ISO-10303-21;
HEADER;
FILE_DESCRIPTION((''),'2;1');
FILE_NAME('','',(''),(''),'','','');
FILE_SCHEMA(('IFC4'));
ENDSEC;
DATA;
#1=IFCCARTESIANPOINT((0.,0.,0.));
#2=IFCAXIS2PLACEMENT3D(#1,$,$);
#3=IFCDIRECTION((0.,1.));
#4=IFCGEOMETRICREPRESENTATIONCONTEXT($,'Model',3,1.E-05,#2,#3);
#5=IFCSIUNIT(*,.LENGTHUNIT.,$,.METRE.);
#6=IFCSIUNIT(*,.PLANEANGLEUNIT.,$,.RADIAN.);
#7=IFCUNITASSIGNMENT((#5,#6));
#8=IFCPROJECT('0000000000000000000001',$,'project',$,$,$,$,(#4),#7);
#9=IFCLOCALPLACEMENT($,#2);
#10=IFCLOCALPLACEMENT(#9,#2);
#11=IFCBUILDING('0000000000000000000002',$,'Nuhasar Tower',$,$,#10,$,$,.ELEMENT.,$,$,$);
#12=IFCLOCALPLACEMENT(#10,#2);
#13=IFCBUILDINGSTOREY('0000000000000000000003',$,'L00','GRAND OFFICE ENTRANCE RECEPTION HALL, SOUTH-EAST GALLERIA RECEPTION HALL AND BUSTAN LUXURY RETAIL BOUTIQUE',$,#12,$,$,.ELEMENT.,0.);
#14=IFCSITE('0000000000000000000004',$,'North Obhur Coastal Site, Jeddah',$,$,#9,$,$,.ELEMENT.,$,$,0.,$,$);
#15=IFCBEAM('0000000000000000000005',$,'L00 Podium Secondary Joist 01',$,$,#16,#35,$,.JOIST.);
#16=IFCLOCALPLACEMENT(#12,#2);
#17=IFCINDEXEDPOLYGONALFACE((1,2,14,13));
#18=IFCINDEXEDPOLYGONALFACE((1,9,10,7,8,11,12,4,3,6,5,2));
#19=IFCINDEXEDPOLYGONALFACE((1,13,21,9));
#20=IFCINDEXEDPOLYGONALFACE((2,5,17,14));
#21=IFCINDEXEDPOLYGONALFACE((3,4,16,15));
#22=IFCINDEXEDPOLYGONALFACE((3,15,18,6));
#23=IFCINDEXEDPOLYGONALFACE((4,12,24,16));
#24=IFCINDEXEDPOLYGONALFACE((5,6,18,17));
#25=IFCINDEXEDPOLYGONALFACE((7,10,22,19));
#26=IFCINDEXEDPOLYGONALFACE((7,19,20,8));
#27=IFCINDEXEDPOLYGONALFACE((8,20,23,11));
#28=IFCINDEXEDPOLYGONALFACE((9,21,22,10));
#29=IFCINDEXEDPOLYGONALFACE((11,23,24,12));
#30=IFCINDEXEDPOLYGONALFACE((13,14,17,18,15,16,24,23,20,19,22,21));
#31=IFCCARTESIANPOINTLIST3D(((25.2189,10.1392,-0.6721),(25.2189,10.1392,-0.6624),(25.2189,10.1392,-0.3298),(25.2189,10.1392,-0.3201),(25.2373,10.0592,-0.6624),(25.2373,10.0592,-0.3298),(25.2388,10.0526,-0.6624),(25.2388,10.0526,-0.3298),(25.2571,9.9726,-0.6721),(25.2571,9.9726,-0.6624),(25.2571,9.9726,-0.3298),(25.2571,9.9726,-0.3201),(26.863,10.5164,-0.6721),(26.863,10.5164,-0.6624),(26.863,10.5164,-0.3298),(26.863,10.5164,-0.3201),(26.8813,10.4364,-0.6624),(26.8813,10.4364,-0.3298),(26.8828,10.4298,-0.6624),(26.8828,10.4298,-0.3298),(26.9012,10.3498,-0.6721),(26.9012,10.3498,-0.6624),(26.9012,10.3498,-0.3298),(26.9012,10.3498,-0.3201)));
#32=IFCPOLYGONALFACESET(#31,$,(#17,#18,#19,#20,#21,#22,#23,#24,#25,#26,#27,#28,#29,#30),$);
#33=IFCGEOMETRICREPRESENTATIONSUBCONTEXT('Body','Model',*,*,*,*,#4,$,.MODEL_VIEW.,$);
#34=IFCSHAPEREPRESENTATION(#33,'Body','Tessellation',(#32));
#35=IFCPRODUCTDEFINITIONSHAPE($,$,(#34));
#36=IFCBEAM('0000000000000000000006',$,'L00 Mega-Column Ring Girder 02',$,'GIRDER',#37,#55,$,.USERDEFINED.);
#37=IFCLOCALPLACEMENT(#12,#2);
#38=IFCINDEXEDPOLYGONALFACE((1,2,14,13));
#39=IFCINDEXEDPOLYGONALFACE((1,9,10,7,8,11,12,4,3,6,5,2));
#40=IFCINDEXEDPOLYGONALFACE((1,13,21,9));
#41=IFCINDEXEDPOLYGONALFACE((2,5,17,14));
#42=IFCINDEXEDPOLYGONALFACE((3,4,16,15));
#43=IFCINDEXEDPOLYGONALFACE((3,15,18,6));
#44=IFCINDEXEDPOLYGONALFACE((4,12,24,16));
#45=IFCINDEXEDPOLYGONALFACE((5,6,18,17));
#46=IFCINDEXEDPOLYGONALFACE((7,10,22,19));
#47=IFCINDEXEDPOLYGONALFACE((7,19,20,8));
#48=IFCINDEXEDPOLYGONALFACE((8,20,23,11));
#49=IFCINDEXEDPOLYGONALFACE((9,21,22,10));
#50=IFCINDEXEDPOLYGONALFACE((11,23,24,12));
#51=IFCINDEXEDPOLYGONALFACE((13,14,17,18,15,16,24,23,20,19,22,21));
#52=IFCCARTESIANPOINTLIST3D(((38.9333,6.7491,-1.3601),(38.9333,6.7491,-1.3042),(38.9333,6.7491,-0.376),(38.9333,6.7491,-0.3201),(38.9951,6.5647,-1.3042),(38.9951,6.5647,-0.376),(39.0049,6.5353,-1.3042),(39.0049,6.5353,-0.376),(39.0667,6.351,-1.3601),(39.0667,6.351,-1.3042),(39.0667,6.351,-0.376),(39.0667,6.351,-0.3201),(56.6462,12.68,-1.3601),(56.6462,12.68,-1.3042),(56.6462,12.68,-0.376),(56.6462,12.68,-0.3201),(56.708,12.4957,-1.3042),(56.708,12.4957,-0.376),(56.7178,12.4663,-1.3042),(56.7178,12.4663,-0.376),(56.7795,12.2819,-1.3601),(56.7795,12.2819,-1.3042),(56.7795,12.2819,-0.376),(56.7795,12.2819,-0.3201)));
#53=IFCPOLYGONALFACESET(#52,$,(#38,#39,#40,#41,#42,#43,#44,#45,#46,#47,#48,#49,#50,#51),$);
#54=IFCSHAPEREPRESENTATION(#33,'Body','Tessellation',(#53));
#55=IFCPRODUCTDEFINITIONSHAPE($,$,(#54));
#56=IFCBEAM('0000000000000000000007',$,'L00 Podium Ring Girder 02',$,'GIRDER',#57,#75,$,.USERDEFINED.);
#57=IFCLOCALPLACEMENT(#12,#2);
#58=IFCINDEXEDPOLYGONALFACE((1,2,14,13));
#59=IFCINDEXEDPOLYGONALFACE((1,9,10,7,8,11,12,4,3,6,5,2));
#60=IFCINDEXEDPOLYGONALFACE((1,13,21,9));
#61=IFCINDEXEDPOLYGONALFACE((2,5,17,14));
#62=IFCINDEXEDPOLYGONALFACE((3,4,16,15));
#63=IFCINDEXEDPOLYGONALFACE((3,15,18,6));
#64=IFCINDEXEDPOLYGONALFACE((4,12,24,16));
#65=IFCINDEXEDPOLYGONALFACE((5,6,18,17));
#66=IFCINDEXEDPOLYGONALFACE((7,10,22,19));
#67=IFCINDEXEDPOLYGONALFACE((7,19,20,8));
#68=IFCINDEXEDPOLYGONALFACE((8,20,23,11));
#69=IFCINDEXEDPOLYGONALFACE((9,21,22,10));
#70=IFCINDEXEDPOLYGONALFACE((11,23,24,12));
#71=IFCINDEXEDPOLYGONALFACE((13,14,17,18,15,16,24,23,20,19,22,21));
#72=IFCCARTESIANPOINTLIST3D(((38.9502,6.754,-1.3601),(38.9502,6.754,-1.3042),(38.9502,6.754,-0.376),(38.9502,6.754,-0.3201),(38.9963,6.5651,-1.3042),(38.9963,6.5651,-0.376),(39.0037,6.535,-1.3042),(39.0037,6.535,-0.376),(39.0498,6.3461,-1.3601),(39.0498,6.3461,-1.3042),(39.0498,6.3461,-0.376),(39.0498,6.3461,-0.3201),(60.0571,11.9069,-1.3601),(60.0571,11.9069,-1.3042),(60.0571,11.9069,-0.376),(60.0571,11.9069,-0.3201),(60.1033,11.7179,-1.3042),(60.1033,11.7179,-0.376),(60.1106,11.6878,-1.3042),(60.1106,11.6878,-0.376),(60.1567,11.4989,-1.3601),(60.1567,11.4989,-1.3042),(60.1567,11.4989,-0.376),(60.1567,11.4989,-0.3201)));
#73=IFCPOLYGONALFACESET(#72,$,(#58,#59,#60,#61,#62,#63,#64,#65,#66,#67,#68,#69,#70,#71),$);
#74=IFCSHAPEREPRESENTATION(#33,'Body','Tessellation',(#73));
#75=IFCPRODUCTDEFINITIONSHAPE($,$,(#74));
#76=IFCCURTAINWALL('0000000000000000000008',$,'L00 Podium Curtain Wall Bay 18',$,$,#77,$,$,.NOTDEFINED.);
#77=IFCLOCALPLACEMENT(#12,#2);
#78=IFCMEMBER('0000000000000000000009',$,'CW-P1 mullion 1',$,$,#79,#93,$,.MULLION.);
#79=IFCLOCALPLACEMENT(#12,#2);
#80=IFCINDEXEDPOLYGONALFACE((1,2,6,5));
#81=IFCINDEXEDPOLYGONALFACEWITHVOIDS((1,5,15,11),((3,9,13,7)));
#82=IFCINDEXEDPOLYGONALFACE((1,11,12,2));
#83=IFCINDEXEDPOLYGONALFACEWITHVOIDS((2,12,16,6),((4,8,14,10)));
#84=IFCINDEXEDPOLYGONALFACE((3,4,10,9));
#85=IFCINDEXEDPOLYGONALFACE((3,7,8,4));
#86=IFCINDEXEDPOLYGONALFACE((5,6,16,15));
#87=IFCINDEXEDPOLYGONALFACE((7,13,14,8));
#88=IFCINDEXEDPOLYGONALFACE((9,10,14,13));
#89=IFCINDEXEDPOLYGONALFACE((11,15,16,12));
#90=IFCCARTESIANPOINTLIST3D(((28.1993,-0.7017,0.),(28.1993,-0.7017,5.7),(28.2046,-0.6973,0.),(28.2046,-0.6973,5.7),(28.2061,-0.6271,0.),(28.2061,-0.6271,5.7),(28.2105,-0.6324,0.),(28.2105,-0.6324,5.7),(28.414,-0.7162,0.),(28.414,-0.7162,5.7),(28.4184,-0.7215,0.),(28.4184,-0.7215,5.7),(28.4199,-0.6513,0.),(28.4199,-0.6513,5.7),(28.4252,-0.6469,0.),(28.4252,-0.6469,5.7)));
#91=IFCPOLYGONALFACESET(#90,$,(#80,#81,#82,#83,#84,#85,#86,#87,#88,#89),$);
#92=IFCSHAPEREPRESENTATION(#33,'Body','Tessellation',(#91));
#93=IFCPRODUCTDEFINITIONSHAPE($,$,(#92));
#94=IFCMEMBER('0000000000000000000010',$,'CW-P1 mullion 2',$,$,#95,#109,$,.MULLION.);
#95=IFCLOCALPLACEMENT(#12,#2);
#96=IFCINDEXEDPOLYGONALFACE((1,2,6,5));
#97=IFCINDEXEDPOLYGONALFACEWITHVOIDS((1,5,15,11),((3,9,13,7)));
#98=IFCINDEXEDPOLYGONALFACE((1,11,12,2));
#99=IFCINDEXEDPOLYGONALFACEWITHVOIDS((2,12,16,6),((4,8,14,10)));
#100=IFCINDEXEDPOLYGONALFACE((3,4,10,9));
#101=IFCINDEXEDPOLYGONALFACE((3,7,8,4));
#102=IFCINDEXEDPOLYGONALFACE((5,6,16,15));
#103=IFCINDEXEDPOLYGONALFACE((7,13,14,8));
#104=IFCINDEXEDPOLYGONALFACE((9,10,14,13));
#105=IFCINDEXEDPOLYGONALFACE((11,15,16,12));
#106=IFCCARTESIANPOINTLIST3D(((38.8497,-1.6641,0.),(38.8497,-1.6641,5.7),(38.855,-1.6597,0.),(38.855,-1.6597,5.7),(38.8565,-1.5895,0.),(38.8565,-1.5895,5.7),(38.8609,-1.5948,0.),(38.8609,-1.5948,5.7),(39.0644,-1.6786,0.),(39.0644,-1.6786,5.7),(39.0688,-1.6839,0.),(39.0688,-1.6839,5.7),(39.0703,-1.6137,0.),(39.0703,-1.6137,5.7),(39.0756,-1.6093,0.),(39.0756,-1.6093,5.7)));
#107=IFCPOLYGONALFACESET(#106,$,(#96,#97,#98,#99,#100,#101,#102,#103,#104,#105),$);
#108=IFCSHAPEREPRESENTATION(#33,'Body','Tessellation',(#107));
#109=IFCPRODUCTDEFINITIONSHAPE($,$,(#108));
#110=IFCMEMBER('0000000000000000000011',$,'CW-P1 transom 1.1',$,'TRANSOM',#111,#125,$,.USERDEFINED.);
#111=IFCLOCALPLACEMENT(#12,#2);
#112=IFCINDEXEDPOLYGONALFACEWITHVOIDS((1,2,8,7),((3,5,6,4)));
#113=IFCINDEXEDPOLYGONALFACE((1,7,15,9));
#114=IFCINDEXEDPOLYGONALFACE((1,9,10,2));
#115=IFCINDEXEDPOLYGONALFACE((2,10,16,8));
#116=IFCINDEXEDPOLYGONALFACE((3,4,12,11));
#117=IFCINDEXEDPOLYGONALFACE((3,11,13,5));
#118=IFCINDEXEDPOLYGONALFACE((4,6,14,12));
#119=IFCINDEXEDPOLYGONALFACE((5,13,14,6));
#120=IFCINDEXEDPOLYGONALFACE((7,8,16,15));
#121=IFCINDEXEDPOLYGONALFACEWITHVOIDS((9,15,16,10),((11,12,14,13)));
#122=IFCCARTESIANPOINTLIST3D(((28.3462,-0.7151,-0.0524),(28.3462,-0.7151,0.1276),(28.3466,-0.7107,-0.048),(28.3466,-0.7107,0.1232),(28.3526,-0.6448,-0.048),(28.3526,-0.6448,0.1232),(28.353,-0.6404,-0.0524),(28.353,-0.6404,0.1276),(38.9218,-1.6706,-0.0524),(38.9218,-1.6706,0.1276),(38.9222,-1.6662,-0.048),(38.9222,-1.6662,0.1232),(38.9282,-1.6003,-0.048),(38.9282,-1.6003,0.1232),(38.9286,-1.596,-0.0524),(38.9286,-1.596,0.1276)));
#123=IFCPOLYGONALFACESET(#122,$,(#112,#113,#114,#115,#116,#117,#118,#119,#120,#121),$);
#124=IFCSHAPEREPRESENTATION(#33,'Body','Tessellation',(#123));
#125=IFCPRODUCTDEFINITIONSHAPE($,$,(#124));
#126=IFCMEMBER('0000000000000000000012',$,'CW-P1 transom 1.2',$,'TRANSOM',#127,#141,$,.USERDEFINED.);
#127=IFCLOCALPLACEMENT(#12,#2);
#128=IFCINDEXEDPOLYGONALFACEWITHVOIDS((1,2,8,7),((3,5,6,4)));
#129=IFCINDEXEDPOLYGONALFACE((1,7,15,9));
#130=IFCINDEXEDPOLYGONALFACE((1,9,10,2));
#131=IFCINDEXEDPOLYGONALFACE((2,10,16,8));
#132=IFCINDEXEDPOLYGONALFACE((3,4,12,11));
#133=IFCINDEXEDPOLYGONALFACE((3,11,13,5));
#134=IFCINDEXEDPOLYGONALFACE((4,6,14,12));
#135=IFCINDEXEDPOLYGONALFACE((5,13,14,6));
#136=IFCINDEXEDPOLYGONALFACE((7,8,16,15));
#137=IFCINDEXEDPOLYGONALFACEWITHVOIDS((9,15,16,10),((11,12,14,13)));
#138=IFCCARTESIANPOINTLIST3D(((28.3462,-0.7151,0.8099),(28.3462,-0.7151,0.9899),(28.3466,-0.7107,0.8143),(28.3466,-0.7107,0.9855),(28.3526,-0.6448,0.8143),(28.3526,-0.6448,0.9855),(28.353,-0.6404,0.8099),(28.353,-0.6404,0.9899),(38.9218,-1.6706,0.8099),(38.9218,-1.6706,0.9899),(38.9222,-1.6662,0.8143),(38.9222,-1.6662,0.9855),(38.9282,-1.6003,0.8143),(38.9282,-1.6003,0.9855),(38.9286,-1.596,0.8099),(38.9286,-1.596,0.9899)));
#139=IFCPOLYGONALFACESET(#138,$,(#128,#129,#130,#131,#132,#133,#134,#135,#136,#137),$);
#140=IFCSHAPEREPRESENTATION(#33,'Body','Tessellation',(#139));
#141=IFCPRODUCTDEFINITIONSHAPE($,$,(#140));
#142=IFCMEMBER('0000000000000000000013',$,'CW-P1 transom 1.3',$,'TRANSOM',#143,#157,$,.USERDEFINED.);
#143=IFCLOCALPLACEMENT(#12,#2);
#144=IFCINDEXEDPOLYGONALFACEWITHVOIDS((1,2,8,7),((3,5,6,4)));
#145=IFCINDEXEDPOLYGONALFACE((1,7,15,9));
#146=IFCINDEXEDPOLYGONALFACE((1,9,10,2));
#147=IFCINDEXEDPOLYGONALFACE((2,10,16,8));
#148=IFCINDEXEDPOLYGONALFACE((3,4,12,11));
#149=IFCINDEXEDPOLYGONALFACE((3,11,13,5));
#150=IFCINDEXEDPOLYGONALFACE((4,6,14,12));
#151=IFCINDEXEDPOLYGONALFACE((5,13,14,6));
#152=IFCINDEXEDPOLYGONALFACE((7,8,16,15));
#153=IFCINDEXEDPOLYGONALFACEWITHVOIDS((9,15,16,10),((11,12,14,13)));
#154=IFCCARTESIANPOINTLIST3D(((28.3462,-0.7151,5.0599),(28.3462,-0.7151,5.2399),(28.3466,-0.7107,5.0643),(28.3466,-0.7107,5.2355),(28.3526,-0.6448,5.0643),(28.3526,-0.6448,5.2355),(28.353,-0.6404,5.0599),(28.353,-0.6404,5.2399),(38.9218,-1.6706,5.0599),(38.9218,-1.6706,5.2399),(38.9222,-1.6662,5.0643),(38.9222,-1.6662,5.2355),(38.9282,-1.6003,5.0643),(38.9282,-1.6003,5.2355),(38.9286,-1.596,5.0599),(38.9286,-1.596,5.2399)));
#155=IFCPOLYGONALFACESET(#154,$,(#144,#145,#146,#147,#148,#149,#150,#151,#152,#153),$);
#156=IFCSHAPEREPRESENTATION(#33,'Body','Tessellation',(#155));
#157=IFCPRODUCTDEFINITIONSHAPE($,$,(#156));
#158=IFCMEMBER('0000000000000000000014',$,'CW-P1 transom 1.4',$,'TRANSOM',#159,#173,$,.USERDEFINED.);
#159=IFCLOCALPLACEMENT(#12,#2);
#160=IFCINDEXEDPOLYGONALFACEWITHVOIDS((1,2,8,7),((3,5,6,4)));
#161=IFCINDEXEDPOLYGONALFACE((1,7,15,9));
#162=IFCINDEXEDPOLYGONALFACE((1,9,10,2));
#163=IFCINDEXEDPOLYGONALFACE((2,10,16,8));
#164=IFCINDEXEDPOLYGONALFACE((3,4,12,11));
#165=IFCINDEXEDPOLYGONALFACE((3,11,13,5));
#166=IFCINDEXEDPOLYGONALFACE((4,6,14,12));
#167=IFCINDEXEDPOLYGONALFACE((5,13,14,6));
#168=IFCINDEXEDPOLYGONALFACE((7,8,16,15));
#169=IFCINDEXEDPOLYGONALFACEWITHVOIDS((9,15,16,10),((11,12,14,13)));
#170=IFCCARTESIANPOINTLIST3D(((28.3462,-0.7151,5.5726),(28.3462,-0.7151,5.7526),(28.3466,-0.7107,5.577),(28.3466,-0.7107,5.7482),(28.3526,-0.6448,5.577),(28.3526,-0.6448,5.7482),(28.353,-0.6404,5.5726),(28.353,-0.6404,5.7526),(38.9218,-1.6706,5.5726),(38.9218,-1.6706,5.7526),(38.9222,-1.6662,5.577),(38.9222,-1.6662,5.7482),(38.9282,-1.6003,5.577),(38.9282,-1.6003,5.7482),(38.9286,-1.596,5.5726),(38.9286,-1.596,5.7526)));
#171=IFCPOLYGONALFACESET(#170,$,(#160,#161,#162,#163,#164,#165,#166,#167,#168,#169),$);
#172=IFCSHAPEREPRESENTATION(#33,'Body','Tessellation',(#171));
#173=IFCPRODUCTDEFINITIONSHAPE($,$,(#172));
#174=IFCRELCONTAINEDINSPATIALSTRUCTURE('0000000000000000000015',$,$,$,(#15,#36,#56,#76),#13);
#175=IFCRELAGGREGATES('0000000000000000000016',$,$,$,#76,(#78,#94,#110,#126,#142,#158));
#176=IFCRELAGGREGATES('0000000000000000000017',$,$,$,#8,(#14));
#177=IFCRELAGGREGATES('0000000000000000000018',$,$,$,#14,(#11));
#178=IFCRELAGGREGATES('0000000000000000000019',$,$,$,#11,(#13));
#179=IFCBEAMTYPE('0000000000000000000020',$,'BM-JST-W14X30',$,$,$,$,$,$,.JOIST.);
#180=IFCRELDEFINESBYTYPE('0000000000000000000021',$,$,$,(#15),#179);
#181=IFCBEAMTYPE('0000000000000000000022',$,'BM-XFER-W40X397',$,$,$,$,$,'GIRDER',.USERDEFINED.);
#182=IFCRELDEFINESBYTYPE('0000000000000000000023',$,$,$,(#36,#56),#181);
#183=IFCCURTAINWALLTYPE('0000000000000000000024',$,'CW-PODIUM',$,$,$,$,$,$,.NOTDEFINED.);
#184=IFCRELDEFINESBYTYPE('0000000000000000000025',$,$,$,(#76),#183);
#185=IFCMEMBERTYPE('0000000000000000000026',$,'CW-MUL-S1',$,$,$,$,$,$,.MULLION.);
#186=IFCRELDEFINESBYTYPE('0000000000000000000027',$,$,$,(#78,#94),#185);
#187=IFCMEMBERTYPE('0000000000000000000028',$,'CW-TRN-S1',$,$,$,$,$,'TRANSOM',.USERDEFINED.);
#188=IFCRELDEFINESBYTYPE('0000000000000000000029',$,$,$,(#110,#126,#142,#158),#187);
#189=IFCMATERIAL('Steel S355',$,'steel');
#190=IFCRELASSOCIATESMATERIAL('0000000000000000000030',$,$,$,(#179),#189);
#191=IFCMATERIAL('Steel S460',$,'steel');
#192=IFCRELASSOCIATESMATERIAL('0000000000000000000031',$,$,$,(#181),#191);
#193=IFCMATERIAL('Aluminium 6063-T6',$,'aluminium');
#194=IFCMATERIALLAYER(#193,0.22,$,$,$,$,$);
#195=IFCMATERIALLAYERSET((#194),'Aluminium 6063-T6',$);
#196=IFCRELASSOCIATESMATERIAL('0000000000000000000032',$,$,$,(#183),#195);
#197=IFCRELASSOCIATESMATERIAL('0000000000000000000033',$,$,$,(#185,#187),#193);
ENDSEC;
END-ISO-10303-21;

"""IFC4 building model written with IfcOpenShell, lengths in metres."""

from ifc_helpers import new_model, si_unit, direction, frame, origin, origin_2d, place, context, subcontext, project, spatial, hollow_rectangle, i_section, extrude, material, layer, layer_set, material_profile, profile_set, type_object, element, aggregate, save


model = new_model("IFC4")

# Units and contexts
model_context = context("Model", 3, precision=1e-05, world=origin(), true_north=direction((0.0, 1.0)))
body_context = subcontext(model_context, "Body", "Model", "MODEL_VIEW")
ifc_project = project(units=[si_unit("LENGTHUNIT", "METRE"), si_unit("PLANEANGLEUNIT", "RADIAN")], contexts=[model_context])

# Site, building, storey
site_placement = place(None, origin())
site = spatial("IfcSite", under=ifc_project, at=site_placement, Name="North Obhur Coastal Site, Jeddah", CompositionType="ELEMENT", RefElevation=0.0)
building_placement = place(site_placement, origin())
building = spatial("IfcBuilding", under=site, at=building_placement, Name="Nuhasar Tower", CompositionType="ELEMENT")
storey_placement = place(building_placement, origin())
storey = spatial("IfcBuildingStorey", under=building, at=storey_placement, Name="L00", Description="GRAND OFFICE ENTRANCE RECEPTION HALL, SOUTH-EAST GALLERIA RECEPTION HALL AND BUSTAN LUXURY RETAIL BOUTIQUE", CompositionType="ELEMENT", Elevation=0.0)

# Beams
ifc_material_1 = material(Name="Steel S355", Category="steel")
ifc_material_profile_1 = material_profile(ifc_material_1, i_section(OverallWidth=0.1709, OverallDepth=0.3521, WebThickness=0.0068, FlangeThickness=0.0098, at=origin_2d()), Name="W14X30")
ifc_profile_set_1 = profile_set([ifc_material_profile_1], Name="Steel S355")
beam_type_1 = type_object("IfcBeamType", Name="BM-JST-W14X30", PredefinedType="JOIST", material=ifc_profile_set_1)
beam_1_placement = place(storey_placement, frame((26.8821, 10.4331, -0.4961), z_axis=(-0.974676, -0.223623, 0.0), x_axis=(0.223623, -0.974676, 0.0)))
element("IfcBeam", 1, at=beam_1_placement, inside=storey, type_object=beam_type_1, Name="L00 Podium Secondary Joist 01", PredefinedType="JOIST", context=body_context, shape_type="SweptSolid", body=[
    extrude(i_section(OverallWidth=0.1709, OverallDepth=0.3521, WebThickness=0.0068, FlangeThickness=0.0098, at=origin_2d()), origin(), (0.0, 0.0, 1.0), 1.6868),
])
ifc_material_2 = material(Name="Steel S460", Category="steel")
ifc_material_profile_2 = material_profile(ifc_material_2, i_section(OverallWidth=0.4199, OverallDepth=1.04, WebThickness=0.031, FlangeThickness=0.0559, at=origin_2d()), Name="W40X397")
ifc_profile_set_2 = profile_set([ifc_material_profile_2], Name="Steel S460")
beam_type_2 = type_object("IfcBeamType", Name="BM-XFER-W40X397", ElementType="GIRDER", PredefinedType="USERDEFINED", material=ifc_profile_set_2)
beam_2_placement = place(storey_placement, frame((39.0, 6.55, -0.8401), z_axis=(0.948255, 0.31751, 0.0), x_axis=(-0.31751, 0.948255, 0.0)))
element("IfcBeam", 2, at=beam_2_placement, inside=storey, type_object=beam_type_2, Name="L00 Mega-Column Ring Girder 02", ObjectType="GIRDER", PredefinedType="USERDEFINED", context=body_context, shape_type="SweptSolid", body=[
    extrude(i_section(OverallWidth=0.4199, OverallDepth=1.04, WebThickness=0.031, FlangeThickness=0.0559, at=origin_2d()), origin(), (0.0, 0.0, 1.0), 18.6794),
])
beam_3_placement = place(storey_placement, frame((39.0, 6.55, -0.8401), z_axis=(0.971469, 0.237165, 0.0), x_axis=(-0.237165, 0.971469, 0.0)))
element("IfcBeam", 3, at=beam_3_placement, inside=storey, type_object=beam_type_2, Name="L00 Podium Ring Girder 02", ObjectType="GIRDER", PredefinedType="USERDEFINED", context=body_context, shape_type="SweptSolid", body=[
    extrude(i_section(OverallWidth=0.4199, OverallDepth=1.04, WebThickness=0.031, FlangeThickness=0.0559, at=origin_2d()), origin(), (0.0, 0.0, 1.0), 21.7268),
])

# Curtain wall, members
ifc_material_3 = material(Name="Aluminium 6063-T6", Category="aluminium")
ifc_layer_1 = layer(ifc_material_3, 0.22)
ifc_layer_set_1 = layer_set([ifc_layer_1], Name="Aluminium 6063-T6")
curtain_wall_type = type_object("IfcCurtainWallType", Name="CW-PODIUM", PredefinedType="NOTDEFINED", material=ifc_layer_set_1)
curtain_wall_placement = place(storey_placement, origin())
curtain_wall = element("IfcCurtainWall", 4, at=curtain_wall_placement, inside=storey, type_object=curtain_wall_type, Name="L00 Podium Curtain Wall Bay 18", PredefinedType="NOTDEFINED")
ifc_material_profile_3 = material_profile(ifc_material_3, hollow_rectangle(XDim=0.075, YDim=0.22, WallThickness=0.0049, at=origin_2d()), Name="CWM-1")
ifc_profile_set_3 = profile_set([ifc_material_profile_3], Name="Aluminium 6063-T6")
member_type_1 = type_object("IfcMemberType", Name="CW-MUL-S1", PredefinedType="MULLION", material=ifc_profile_set_3)
member_1_placement = place(storey_placement, frame((28.3123, -0.6743, 0.0), z_axis=(0.0, 0.0, 1.0), x_axis=(0.089983, 0.995943, 0.0)))
member_1 = element("IfcMember", 5, at=member_1_placement, type_object=member_type_1, Name="CW-P1 mullion 1", PredefinedType="MULLION", context=body_context, shape_type="SweptSolid", body=[
    extrude(hollow_rectangle(XDim=0.075, YDim=0.22, WallThickness=0.0049, at=origin_2d()), origin(), (0.0, 0.0, 1.0), 5.7),
])
member_2_placement = place(storey_placement, frame((38.9626, -1.6367, 0.0), z_axis=(0.0, 0.0, 1.0), x_axis=(0.089983, 0.995943, 0.0)))
member_2 = element("IfcMember", 6, at=member_2_placement, type_object=member_type_1, Name="CW-P1 mullion 2", PredefinedType="MULLION", context=body_context, shape_type="SweptSolid", body=[
    extrude(hollow_rectangle(XDim=0.075, YDim=0.22, WallThickness=0.0049, at=origin_2d()), origin(), (0.0, 0.0, 1.0), 5.7),
])
ifc_material_profile_4 = material_profile(ifc_material_3, hollow_rectangle(XDim=0.075, YDim=0.1799, WallThickness=0.0044, at=origin_2d()), Name="CWT-1")
ifc_profile_set_4 = profile_set([ifc_material_profile_4], Name="Aluminium 6063-T6")
member_type_2 = type_object("IfcMemberType", Name="CW-TRN-S1", ElementType="TRANSOM", PredefinedType="USERDEFINED", material=ifc_profile_set_4)
member_3_placement = place(storey_placement, frame((28.3496, -0.6777, 0.0376), z_axis=(0.995943, -0.089988, 0.0), x_axis=(0.089988, 0.995943, 0.0)))
member_3 = element("IfcMember", 7, at=member_3_placement, type_object=member_type_2, Name="CW-P1 transom 1.1", ObjectType="TRANSOM", PredefinedType="USERDEFINED", context=body_context, shape_type="SweptSolid", body=[
    extrude(hollow_rectangle(XDim=0.075, YDim=0.1799, WallThickness=0.0044, at=origin_2d()), origin(), (0.0, 0.0, 1.0), 10.6187),
])
member_4_placement = place(storey_placement, frame((28.3496, -0.6777, 0.8999), z_axis=(0.995943, -0.089988, 0.0), x_axis=(0.089988, 0.995943, 0.0)))
member_4 = element("IfcMember", 8, at=member_4_placement, type_object=member_type_2, Name="CW-P1 transom 1.2", ObjectType="TRANSOM", PredefinedType="USERDEFINED", context=body_context, shape_type="SweptSolid", body=[
    extrude(hollow_rectangle(XDim=0.075, YDim=0.1799, WallThickness=0.0044, at=origin_2d()), origin(), (0.0, 0.0, 1.0), 10.6187),
])
member_5_placement = place(storey_placement, frame((28.3496, -0.6777, 5.1499), z_axis=(0.995943, -0.089988, 0.0), x_axis=(0.089988, 0.995943, 0.0)))
member_5 = element("IfcMember", 9, at=member_5_placement, type_object=member_type_2, Name="CW-P1 transom 1.3", ObjectType="TRANSOM", PredefinedType="USERDEFINED", context=body_context, shape_type="SweptSolid", body=[
    extrude(hollow_rectangle(XDim=0.075, YDim=0.1799, WallThickness=0.0044, at=origin_2d()), origin(), (0.0, 0.0, 1.0), 10.6187),
])
member_6_placement = place(storey_placement, frame((28.3496, -0.6777, 5.6626), z_axis=(0.995943, -0.089988, 0.0), x_axis=(0.089988, 0.995943, 0.0)))
member_6 = element("IfcMember", 10, at=member_6_placement, type_object=member_type_2, Name="CW-P1 transom 1.4", ObjectType="TRANSOM", PredefinedType="USERDEFINED", context=body_context, shape_type="SweptSolid", body=[
    extrude(hollow_rectangle(XDim=0.075, YDim=0.1799, WallThickness=0.0044, at=origin_2d()), origin(), (0.0, 0.0, 1.0), 10.6187),
])
aggregate(curtain_wall, [member_1, member_2, member_3, member_4, member_5, member_6])

save(model, "model.ifc")
